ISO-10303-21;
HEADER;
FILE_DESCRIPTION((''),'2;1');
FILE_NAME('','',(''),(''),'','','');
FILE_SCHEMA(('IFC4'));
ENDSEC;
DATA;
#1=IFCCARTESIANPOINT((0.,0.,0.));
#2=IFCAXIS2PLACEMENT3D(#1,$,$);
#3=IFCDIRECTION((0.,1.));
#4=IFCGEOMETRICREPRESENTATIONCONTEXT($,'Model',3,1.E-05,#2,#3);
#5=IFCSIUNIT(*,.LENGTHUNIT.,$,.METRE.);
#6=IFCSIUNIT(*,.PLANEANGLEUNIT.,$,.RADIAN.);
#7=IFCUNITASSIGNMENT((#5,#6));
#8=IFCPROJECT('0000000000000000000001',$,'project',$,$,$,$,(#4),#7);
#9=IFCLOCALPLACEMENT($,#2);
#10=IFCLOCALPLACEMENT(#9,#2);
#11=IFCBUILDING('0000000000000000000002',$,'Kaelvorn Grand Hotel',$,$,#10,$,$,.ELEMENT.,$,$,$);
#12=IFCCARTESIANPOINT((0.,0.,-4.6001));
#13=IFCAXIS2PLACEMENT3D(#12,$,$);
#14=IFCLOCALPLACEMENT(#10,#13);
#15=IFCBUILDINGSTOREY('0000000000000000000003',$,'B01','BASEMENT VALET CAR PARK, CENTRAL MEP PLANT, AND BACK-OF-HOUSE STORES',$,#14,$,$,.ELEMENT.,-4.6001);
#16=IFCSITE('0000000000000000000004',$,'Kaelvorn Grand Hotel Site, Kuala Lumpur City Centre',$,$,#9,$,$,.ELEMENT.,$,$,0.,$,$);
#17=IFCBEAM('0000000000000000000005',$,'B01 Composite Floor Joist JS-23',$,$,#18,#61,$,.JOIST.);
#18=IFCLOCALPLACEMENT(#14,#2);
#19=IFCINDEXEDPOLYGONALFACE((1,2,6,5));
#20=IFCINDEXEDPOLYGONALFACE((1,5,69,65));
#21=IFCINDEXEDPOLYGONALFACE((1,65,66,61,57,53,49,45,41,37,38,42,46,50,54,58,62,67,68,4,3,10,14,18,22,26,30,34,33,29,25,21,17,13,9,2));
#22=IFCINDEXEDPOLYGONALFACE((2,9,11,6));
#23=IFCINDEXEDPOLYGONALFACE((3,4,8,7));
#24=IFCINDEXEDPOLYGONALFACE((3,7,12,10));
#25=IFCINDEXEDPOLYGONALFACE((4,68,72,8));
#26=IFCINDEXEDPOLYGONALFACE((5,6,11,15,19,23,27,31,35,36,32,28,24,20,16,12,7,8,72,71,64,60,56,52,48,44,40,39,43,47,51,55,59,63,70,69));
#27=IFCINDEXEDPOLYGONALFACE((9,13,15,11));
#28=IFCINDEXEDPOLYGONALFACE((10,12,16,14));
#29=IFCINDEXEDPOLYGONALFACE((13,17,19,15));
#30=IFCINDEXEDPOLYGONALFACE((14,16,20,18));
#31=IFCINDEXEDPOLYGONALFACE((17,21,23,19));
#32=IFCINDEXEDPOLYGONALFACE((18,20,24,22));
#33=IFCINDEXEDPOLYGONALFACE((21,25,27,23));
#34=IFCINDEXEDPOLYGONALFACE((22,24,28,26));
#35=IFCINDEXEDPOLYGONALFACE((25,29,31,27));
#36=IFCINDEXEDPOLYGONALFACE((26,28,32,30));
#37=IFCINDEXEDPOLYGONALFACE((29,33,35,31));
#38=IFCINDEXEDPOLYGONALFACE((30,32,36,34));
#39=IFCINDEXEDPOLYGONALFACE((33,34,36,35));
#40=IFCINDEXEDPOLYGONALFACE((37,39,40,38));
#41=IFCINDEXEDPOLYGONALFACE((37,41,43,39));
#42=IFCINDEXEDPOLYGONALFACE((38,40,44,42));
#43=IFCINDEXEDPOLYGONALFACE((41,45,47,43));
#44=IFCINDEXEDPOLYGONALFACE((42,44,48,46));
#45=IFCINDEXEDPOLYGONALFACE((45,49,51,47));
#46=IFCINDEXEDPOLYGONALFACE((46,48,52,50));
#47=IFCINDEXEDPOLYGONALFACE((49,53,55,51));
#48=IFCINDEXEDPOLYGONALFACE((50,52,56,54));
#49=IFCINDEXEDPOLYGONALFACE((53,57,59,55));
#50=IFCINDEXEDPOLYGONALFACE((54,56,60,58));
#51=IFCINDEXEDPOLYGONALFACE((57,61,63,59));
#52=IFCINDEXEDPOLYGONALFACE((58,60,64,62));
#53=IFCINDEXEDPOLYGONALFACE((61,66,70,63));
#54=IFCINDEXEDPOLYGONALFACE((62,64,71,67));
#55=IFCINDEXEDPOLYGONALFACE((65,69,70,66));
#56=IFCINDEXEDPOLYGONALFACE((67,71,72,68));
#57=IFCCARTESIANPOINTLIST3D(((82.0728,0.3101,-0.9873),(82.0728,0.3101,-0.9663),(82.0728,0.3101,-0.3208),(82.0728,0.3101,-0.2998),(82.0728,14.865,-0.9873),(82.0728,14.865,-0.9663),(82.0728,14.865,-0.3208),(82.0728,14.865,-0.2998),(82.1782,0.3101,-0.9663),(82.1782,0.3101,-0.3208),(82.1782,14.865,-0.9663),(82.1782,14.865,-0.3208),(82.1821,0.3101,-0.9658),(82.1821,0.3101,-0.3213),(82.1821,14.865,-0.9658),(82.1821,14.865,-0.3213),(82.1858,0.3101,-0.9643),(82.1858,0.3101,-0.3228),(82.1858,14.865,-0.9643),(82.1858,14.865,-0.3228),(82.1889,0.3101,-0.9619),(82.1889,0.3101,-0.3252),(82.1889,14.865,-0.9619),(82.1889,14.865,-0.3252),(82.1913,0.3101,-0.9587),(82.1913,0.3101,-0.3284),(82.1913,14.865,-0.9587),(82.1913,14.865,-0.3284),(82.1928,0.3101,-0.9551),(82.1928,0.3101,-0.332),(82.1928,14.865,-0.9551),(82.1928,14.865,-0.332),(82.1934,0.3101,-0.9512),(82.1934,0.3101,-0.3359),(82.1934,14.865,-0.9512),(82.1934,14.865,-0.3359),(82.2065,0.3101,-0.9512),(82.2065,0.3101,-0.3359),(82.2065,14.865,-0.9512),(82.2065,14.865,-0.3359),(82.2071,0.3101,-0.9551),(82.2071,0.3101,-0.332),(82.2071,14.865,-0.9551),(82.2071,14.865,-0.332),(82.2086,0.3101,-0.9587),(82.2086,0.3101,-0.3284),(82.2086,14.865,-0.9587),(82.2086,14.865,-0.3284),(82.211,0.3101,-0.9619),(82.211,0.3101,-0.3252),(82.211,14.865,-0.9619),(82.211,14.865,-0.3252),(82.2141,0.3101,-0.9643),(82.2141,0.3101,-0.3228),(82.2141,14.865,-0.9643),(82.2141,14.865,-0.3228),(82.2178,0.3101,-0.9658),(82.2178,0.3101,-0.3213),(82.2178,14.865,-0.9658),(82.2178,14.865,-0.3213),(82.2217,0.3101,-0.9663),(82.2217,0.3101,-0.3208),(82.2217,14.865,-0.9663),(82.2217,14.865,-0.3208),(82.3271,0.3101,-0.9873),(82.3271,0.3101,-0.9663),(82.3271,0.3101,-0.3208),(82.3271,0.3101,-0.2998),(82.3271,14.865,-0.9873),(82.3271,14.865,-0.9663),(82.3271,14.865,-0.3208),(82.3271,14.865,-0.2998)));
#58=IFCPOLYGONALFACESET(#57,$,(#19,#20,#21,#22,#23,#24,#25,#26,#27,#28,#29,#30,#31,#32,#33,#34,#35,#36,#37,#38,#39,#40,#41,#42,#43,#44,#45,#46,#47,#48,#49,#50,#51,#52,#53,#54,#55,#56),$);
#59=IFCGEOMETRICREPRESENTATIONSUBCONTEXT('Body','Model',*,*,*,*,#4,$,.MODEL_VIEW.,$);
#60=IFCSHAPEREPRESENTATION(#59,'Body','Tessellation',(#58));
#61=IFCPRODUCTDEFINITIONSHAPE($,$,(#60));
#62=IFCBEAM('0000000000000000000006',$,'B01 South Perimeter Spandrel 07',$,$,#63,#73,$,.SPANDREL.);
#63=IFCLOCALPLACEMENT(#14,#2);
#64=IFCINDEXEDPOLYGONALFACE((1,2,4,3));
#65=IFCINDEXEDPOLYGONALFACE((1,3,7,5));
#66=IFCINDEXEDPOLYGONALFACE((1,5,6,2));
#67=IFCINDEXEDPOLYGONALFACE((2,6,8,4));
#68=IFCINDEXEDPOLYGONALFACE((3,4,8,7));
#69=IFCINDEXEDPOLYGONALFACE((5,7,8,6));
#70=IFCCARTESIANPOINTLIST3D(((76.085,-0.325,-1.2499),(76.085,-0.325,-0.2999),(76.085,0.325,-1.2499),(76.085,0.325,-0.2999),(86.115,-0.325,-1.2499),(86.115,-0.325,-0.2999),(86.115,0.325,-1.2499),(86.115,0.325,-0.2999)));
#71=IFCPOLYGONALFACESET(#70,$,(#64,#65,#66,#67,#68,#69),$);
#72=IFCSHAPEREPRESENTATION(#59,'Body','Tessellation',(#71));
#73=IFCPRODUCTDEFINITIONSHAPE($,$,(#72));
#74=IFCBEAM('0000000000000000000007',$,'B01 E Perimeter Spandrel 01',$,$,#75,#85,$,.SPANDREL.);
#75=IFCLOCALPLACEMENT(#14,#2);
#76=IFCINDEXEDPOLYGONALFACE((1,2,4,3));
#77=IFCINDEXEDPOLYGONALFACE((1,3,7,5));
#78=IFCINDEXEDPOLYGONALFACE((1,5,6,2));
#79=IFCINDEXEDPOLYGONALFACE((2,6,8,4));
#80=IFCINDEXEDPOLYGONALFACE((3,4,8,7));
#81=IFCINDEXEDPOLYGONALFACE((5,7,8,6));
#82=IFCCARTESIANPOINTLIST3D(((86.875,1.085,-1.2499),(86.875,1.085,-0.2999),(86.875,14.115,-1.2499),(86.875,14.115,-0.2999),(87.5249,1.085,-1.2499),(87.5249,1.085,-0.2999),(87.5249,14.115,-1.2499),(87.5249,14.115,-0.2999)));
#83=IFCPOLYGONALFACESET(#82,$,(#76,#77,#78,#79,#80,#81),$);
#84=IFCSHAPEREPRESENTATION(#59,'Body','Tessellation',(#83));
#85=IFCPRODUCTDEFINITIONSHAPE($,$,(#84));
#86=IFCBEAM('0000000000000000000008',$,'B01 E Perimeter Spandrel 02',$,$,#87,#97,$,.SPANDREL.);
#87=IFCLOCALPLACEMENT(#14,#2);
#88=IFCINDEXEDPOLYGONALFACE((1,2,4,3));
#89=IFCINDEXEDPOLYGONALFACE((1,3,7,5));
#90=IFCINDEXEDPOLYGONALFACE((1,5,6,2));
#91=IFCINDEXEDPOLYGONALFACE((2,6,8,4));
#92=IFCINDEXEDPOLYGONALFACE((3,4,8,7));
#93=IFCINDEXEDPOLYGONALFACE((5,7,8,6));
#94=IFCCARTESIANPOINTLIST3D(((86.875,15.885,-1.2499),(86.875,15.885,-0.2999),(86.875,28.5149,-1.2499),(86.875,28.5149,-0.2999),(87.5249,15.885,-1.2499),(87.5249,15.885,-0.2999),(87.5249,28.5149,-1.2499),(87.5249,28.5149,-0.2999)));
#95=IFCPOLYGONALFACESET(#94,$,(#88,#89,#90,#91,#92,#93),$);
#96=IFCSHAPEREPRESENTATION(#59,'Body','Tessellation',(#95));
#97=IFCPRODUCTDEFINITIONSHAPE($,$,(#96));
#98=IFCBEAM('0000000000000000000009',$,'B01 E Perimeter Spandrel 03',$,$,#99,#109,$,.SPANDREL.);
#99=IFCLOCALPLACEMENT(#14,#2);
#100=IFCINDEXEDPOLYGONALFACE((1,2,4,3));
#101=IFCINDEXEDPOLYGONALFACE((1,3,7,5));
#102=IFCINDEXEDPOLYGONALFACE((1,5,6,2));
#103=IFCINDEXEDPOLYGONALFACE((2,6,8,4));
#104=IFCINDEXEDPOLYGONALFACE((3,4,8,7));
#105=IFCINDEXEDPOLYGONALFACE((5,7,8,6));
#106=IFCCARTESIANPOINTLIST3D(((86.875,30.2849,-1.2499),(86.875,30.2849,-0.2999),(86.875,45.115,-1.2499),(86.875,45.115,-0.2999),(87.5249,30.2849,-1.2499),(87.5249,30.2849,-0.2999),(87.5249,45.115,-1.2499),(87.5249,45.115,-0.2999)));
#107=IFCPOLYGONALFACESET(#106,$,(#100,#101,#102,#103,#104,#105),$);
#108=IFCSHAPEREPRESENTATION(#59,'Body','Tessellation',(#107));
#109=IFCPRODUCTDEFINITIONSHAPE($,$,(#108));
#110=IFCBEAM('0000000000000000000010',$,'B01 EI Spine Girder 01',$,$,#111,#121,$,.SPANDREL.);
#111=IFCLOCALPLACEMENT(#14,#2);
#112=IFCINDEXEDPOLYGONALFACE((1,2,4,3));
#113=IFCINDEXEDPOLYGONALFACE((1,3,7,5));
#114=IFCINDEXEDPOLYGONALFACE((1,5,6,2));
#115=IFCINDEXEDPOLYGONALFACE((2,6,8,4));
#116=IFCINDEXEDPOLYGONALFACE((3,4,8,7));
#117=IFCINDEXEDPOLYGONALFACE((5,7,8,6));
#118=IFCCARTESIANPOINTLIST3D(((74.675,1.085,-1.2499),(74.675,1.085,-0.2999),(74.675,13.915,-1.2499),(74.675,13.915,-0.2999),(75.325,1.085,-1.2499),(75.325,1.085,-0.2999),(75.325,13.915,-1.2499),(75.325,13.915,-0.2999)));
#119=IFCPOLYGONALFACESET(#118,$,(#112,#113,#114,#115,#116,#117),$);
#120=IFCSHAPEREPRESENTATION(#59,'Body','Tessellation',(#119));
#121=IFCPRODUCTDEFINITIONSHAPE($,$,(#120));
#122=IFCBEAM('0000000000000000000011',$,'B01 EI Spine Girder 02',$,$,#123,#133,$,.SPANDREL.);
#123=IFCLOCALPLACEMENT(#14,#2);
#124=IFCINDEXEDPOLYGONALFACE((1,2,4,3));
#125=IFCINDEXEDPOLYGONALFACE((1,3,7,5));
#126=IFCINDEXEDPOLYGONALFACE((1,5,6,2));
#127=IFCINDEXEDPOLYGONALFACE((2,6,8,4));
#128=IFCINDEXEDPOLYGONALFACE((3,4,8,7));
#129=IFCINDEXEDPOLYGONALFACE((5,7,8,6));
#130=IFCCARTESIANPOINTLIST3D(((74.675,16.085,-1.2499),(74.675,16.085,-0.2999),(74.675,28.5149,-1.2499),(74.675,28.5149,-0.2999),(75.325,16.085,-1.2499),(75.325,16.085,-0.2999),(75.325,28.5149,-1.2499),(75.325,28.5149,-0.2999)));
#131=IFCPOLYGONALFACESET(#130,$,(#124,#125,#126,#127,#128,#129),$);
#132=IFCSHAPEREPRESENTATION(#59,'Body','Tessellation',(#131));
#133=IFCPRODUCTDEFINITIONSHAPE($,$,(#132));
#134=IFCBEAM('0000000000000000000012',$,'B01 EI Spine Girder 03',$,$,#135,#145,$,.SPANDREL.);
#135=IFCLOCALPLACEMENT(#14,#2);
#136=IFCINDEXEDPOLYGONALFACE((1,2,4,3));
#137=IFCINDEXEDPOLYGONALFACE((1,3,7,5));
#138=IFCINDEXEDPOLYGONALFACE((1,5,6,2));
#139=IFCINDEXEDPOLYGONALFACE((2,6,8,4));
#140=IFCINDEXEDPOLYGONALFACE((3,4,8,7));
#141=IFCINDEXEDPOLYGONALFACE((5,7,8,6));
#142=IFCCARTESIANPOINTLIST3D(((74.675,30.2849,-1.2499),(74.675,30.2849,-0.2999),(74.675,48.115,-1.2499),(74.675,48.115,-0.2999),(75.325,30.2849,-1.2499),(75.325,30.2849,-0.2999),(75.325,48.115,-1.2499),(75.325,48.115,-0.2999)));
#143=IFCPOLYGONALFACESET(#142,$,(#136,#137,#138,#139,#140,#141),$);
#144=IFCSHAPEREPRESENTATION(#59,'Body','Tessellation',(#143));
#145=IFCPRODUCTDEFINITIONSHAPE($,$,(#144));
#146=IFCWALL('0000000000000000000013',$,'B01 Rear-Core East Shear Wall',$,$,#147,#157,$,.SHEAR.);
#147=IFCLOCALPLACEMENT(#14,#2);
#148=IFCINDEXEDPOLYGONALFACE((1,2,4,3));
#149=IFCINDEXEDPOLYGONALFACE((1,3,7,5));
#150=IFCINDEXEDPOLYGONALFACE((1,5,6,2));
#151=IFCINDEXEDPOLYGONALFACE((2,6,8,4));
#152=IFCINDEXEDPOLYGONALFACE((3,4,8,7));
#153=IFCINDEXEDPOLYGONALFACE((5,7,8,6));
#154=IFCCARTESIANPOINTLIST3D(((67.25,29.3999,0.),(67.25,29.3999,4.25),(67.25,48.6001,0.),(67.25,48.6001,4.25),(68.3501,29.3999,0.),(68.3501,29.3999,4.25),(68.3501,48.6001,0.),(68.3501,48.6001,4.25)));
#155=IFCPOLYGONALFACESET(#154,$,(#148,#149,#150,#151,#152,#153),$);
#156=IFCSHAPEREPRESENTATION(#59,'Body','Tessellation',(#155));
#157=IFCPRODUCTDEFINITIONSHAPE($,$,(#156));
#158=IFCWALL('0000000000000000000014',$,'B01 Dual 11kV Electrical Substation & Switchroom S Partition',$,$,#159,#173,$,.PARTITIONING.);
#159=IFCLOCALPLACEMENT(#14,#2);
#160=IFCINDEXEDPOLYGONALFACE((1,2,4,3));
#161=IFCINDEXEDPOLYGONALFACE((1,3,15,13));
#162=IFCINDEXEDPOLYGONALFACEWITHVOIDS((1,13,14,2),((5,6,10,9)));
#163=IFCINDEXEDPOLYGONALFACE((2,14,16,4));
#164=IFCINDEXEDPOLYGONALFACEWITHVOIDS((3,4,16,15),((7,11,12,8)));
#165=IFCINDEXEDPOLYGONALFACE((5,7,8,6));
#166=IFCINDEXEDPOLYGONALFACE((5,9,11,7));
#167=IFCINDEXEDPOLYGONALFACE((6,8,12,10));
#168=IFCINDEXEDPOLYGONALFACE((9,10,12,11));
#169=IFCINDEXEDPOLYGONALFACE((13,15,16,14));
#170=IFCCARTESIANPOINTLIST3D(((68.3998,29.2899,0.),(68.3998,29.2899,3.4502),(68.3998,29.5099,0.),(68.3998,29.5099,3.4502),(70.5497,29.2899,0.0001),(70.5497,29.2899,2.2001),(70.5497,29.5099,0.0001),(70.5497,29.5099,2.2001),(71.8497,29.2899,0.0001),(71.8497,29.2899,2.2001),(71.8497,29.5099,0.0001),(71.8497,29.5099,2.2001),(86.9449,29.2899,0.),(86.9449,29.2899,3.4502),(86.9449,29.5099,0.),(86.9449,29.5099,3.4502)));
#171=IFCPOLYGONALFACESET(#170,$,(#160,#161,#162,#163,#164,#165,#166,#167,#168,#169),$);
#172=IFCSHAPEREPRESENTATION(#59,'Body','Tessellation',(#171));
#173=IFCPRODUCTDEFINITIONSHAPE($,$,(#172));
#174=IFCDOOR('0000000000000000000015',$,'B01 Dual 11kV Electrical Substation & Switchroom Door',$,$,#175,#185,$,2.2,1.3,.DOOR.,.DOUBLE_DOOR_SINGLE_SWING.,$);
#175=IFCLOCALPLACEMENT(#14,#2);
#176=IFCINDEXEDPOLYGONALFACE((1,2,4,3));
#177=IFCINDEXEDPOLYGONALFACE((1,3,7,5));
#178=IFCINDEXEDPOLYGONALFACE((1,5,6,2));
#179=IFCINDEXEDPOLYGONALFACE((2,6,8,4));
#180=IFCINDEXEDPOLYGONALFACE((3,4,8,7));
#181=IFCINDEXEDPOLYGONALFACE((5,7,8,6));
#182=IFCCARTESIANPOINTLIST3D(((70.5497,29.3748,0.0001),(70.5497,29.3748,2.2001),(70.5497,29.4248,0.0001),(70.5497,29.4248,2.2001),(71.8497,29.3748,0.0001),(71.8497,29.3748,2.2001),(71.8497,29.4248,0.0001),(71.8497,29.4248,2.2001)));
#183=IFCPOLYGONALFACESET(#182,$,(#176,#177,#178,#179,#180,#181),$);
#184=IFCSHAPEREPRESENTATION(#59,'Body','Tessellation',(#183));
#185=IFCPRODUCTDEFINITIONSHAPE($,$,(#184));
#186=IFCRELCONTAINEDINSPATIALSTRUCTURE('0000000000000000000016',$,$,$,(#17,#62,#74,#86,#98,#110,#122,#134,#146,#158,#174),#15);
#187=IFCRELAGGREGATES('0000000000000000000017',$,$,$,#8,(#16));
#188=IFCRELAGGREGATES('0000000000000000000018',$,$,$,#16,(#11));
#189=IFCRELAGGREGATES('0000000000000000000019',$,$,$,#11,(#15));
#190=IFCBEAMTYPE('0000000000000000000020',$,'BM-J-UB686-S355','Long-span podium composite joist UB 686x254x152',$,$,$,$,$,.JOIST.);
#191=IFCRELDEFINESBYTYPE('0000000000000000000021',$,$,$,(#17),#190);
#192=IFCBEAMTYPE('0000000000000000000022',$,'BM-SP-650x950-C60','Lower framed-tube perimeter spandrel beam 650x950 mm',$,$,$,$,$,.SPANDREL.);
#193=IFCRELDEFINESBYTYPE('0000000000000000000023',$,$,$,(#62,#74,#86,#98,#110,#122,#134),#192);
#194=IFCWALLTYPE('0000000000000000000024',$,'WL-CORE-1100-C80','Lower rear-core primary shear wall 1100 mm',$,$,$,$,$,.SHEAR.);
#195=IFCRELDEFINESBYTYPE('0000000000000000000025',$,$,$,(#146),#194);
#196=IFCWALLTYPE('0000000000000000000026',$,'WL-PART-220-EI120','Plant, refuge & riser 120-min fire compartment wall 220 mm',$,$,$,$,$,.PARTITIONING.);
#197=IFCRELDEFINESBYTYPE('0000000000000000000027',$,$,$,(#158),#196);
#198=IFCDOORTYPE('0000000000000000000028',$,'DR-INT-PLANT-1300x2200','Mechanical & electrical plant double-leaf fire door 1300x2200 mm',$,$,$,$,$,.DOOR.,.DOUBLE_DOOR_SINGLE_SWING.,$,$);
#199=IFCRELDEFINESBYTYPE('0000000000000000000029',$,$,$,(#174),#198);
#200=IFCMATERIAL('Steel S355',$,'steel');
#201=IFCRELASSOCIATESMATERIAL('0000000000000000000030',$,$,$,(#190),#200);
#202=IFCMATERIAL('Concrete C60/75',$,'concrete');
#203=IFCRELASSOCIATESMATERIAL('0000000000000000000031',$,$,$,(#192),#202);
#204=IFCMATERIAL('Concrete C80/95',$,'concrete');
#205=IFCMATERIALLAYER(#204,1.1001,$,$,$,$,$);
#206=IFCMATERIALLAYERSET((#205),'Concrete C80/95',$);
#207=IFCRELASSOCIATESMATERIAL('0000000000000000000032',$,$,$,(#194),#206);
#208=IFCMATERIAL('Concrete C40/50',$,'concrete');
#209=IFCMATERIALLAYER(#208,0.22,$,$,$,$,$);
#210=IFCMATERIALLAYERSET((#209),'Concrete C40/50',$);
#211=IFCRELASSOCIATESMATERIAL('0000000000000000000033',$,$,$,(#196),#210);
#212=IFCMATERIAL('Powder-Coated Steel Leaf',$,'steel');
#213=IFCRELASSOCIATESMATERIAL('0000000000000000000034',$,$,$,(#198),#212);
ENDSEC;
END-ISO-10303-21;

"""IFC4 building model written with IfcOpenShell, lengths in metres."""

from ifc_helpers import new_model, si_unit, direction, frame, frame_2d, origin, origin_2d, place, context, subcontext, project, spatial, rectangle, i_section, extrude, material, layer, layer_set, material_profile, profile_set, type_object, element, fill, save


model = new_model("IFC4")

# Units and contexts
model_context = context("Model", 3, precision=1e-05, world=origin(), true_north=direction((0.0, 1.0)))
body_context = subcontext(model_context, "Body", "Model", "MODEL_VIEW")
ifc_project = project(units=[si_unit("LENGTHUNIT", "METRE"), si_unit("PLANEANGLEUNIT", "RADIAN")], contexts=[model_context])

# Site, building, storey
site_placement = place(None, origin())
site = spatial("IfcSite", under=ifc_project, at=site_placement, Name="Kaelvorn Grand Hotel Site, Kuala Lumpur City Centre", CompositionType="ELEMENT", RefElevation=0.0)
building_placement = place(site_placement, origin())
building = spatial("IfcBuilding", under=site, at=building_placement, Name="Kaelvorn Grand Hotel", CompositionType="ELEMENT")
storey_placement = place(building_placement, frame((0.0, 0.0, -4.6001)))
storey = spatial("IfcBuildingStorey", under=building, at=storey_placement, Name="B01", Description="BASEMENT VALET CAR PARK, CENTRAL MEP PLANT, AND BACK-OF-HOUSE STORES", CompositionType="ELEMENT", Elevation=-4.6001)

# Shared definitions
ifc_material_1 = material(Name="Concrete C80/95", Category="concrete")

# Beams
ifc_material_2 = material(Name="Steel S355", Category="steel")
ifc_material_profile_1 = material_profile(ifc_material_2, i_section(OverallWidth=0.2544, OverallDepth=0.6875, WebThickness=0.0132, FlangeThickness=0.021, FilletRadius=0.0151, at=origin_2d()), Name="UB 686x254x152")
ifc_profile_set_1 = profile_set([ifc_material_profile_1], Name="Steel S355")
beam_type_1 = type_object("IfcBeamType", Name="BM-J-UB686-S355", Description="Long-span podium composite joist UB 686x254x152", PredefinedType="JOIST", material=ifc_profile_set_1)
for number, where, z_axis, x_axis, name in (
    (1, (82.2, 0.3101, -0.6436), (0.0, 1.0, 0.0), (-1.0, 0.0, 0.0), "B01 Composite Floor Joist JS-23"),
):
    element("IfcBeam", number, at=place(storey_placement, frame(where, z_axis=z_axis, x_axis=x_axis)), inside=storey, type_object=beam_type_1, Name=name, PredefinedType="JOIST", context=body_context, shape_type="SweptSolid", body=[
        extrude(i_section(OverallWidth=0.2544, OverallDepth=0.6875, WebThickness=0.0132, FlangeThickness=0.021, FilletRadius=0.0151, at=origin_2d()), origin(), (0.0, 0.0, 1.0), 14.5549),
    ])
ifc_material_3 = material(Name="Concrete C60/75", Category="concrete")
ifc_material_profile_2 = material_profile(ifc_material_3, rectangle(XDim=0.6499, YDim=0.95, at=origin_2d()), Name="RC SPANDREL 650x950")
ifc_profile_set_2 = profile_set([ifc_material_profile_2], Name="Concrete C60/75")
beam_type_2 = type_object("IfcBeamType", Name="BM-SP-650x950-C60", Description="Lower framed-tube perimeter spandrel beam 650x950 mm", PredefinedType="SPANDREL", material=ifc_profile_set_2)
beam_1_placement = place(storey_placement, frame((76.085, 0.0, -0.7749), z_axis=(1.0, 0.0, 0.0), x_axis=(0.0, 1.0, 0.0)))
element("IfcBeam", 2, at=beam_1_placement, inside=storey, type_object=beam_type_2, Name="B01 South Perimeter Spandrel 07", PredefinedType="SPANDREL", context=body_context, shape_type="SweptSolid", body=[
    extrude(rectangle(XDim=0.6499, YDim=0.95, at=origin_2d()), origin(), (0.0, 0.0, 1.0), 10.03),
])
beam_2_placement = place(storey_placement, frame((87.2, 1.085, -0.7749), z_axis=(0.0, 1.0, 0.0), x_axis=(-1.0, 0.0, 0.0)))
element("IfcBeam", 3, at=beam_2_placement, inside=storey, type_object=beam_type_2, Name="B01 E Perimeter Spandrel 01", PredefinedType="SPANDREL", context=body_context, shape_type="SweptSolid", body=[
    extrude(rectangle(XDim=0.6499, YDim=0.95, at=origin_2d()), origin(), (0.0, 0.0, 1.0), 13.03),
])
beam_3_placement = place(storey_placement, frame((87.2, 15.885, -0.7749), z_axis=(0.0, 1.0, 0.0), x_axis=(-1.0, 0.0, 0.0)))
element("IfcBeam", 4, at=beam_3_placement, inside=storey, type_object=beam_type_2, Name="B01 E Perimeter Spandrel 02", PredefinedType="SPANDREL", context=body_context, shape_type="SweptSolid", body=[
    extrude(rectangle(XDim=0.6499, YDim=0.95, at=origin_2d()), origin(), (0.0, 0.0, 1.0), 12.6299),
])
beam_4_placement = place(storey_placement, frame((87.2, 30.2849, -0.7749), z_axis=(0.0, 1.0, 0.0), x_axis=(-1.0, 0.0, 0.0)))
element("IfcBeam", 5, at=beam_4_placement, inside=storey, type_object=beam_type_2, Name="B01 E Perimeter Spandrel 03", PredefinedType="SPANDREL", context=body_context, shape_type="SweptSolid", body=[
    extrude(rectangle(XDim=0.6499, YDim=0.95, at=origin_2d()), origin(), (0.0, 0.0, 1.0), 14.8301),
])
beam_5_placement = place(storey_placement, frame((75.0, 1.085, -0.7749), z_axis=(0.0, 1.0, 0.0), x_axis=(-1.0, 0.0, 0.0)))
element("IfcBeam", 6, at=beam_5_placement, inside=storey, type_object=beam_type_2, Name="B01 EI Spine Girder 01", PredefinedType="SPANDREL", context=body_context, shape_type="SweptSolid", body=[
    extrude(rectangle(XDim=0.6499, YDim=0.95, at=origin_2d()), origin(), (0.0, 0.0, 1.0), 12.8301),
])
beam_6_placement = place(storey_placement, frame((75.0, 16.085, -0.7749), z_axis=(0.0, 1.0, 0.0), x_axis=(-1.0, 0.0, 0.0)))
element("IfcBeam", 7, at=beam_6_placement, inside=storey, type_object=beam_type_2, Name="B01 EI Spine Girder 02", PredefinedType="SPANDREL", context=body_context, shape_type="SweptSolid", body=[
    extrude(rectangle(XDim=0.6499, YDim=0.95, at=origin_2d()), origin(), (0.0, 0.0, 1.0), 12.4299),
])
beam_7_placement = place(storey_placement, frame((75.0, 30.2849, -0.7749), z_axis=(0.0, 1.0, 0.0), x_axis=(-1.0, 0.0, 0.0)))
element("IfcBeam", 8, at=beam_7_placement, inside=storey, type_object=beam_type_2, Name="B01 EI Spine Girder 03", PredefinedType="SPANDREL", context=body_context, shape_type="SweptSolid", body=[
    extrude(rectangle(XDim=0.6499, YDim=0.95, at=origin_2d()), origin(), (0.0, 0.0, 1.0), 17.8301),
])

# Wall
ifc_layer_1 = layer(ifc_material_1, 1.1001)
ifc_layer_set_1 = layer_set([ifc_layer_1], Name="Concrete C80/95")
wall_type_1 = type_object("IfcWallType", Name="WL-CORE-1100-C80", Description="Lower rear-core primary shear wall 1100 mm", PredefinedType="SHEAR", material=ifc_layer_set_1)
wall_1_placement = place(storey_placement, frame((67.8, 29.3999, 0.0), z_axis=(0.0, 0.0, 1.0), x_axis=(0.0, 1.0, 0.0)))
element("IfcWall", 9, at=wall_1_placement, inside=storey, type_object=wall_type_1, Name="B01 Rear-Core East Shear Wall", PredefinedType="SHEAR", context=body_context, shape_type="SweptSolid", body=[
    extrude(rectangle(XDim=19.2002, YDim=1.1001, at=frame_2d((9.6001, 0.0))), origin(), (0.0, 0.0, 1.0), 4.25),
])

# Wall, opening, door
ifc_material_4 = material(Name="Concrete C40/50", Category="concrete")
ifc_layer_2 = layer(ifc_material_4, 0.22)
ifc_layer_set_2 = layer_set([ifc_layer_2], Name="Concrete C40/50")
wall_type_2 = type_object("IfcWallType", Name="WL-PART-220-EI120", Description="Plant, refuge & riser 120-min fire compartment wall 220 mm", PredefinedType="PARTITIONING", material=ifc_layer_set_2)
wall_2_placement = place(storey_placement, frame((68.3999, 29.3999, 0.0), z_axis=(0.0, 0.0, 1.0), x_axis=(1.0, 0.0, 0.0)))
wall_2 = element("IfcWall", 10, at=wall_2_placement, inside=storey, type_object=wall_type_2, Name="B01 Dual 11kV Electrical Substation & Switchroom S Partition", PredefinedType="PARTITIONING", context=body_context, shape_type="SweptSolid", body=[
    extrude(rectangle(XDim=18.5452, YDim=0.22, at=frame_2d((9.2725, 0.0))), origin(), (0.0, 0.0, 1.0), 3.4502),
])
opening_placement = place(wall_2_placement, frame((2.1499, 0.0, 0.0)))
opening = element("IfcOpeningElement", 11, at=opening_placement, cuts=wall_2, PredefinedType="OPENING", context=body_context, shape_type="SweptSolid", body=[
    extrude(rectangle(XDim=1.3, YDim=2.2, at=frame_2d((0.6499, 1.1001))), frame((0.0, 0.1201, 0.0), z_axis=(0.0, -1.0, 0.0), x_axis=(1.0, 0.0, 0.0)), (0.0, 0.0, 1.0), 0.24),
])
ifc_material_5 = material(Name="Powder-Coated Steel Leaf", Category="steel")
door_type = type_object("IfcDoorType", Name="DR-INT-PLANT-1300x2200", Description="Mechanical & electrical plant double-leaf fire door 1300x2200 mm", OperationType="DOUBLE_DOOR_SINGLE_SWING", PredefinedType="DOOR", material=ifc_material_5)
door_placement = place(opening_placement, origin())
door = element("IfcDoor", 12, at=door_placement, inside=storey, type_object=door_type, Name="B01 Dual 11kV Electrical Substation & Switchroom Door", OperationType="DOUBLE_DOOR_SINGLE_SWING", OverallHeight=2.2, OverallWidth=1.3, PredefinedType="DOOR", context=body_context, shape_type="SweptSolid", body=[
    extrude(rectangle(XDim=1.3, YDim=2.2, at=frame_2d((0.6499, 1.1001))), frame((0.0, 0.0249, 0.0), z_axis=(0.0, -1.0, 0.0), x_axis=(1.0, 0.0, 0.0)), (0.0, 0.0, 1.0), 0.05),
])
fill(opening, door)

save(model, "model.ifc")
